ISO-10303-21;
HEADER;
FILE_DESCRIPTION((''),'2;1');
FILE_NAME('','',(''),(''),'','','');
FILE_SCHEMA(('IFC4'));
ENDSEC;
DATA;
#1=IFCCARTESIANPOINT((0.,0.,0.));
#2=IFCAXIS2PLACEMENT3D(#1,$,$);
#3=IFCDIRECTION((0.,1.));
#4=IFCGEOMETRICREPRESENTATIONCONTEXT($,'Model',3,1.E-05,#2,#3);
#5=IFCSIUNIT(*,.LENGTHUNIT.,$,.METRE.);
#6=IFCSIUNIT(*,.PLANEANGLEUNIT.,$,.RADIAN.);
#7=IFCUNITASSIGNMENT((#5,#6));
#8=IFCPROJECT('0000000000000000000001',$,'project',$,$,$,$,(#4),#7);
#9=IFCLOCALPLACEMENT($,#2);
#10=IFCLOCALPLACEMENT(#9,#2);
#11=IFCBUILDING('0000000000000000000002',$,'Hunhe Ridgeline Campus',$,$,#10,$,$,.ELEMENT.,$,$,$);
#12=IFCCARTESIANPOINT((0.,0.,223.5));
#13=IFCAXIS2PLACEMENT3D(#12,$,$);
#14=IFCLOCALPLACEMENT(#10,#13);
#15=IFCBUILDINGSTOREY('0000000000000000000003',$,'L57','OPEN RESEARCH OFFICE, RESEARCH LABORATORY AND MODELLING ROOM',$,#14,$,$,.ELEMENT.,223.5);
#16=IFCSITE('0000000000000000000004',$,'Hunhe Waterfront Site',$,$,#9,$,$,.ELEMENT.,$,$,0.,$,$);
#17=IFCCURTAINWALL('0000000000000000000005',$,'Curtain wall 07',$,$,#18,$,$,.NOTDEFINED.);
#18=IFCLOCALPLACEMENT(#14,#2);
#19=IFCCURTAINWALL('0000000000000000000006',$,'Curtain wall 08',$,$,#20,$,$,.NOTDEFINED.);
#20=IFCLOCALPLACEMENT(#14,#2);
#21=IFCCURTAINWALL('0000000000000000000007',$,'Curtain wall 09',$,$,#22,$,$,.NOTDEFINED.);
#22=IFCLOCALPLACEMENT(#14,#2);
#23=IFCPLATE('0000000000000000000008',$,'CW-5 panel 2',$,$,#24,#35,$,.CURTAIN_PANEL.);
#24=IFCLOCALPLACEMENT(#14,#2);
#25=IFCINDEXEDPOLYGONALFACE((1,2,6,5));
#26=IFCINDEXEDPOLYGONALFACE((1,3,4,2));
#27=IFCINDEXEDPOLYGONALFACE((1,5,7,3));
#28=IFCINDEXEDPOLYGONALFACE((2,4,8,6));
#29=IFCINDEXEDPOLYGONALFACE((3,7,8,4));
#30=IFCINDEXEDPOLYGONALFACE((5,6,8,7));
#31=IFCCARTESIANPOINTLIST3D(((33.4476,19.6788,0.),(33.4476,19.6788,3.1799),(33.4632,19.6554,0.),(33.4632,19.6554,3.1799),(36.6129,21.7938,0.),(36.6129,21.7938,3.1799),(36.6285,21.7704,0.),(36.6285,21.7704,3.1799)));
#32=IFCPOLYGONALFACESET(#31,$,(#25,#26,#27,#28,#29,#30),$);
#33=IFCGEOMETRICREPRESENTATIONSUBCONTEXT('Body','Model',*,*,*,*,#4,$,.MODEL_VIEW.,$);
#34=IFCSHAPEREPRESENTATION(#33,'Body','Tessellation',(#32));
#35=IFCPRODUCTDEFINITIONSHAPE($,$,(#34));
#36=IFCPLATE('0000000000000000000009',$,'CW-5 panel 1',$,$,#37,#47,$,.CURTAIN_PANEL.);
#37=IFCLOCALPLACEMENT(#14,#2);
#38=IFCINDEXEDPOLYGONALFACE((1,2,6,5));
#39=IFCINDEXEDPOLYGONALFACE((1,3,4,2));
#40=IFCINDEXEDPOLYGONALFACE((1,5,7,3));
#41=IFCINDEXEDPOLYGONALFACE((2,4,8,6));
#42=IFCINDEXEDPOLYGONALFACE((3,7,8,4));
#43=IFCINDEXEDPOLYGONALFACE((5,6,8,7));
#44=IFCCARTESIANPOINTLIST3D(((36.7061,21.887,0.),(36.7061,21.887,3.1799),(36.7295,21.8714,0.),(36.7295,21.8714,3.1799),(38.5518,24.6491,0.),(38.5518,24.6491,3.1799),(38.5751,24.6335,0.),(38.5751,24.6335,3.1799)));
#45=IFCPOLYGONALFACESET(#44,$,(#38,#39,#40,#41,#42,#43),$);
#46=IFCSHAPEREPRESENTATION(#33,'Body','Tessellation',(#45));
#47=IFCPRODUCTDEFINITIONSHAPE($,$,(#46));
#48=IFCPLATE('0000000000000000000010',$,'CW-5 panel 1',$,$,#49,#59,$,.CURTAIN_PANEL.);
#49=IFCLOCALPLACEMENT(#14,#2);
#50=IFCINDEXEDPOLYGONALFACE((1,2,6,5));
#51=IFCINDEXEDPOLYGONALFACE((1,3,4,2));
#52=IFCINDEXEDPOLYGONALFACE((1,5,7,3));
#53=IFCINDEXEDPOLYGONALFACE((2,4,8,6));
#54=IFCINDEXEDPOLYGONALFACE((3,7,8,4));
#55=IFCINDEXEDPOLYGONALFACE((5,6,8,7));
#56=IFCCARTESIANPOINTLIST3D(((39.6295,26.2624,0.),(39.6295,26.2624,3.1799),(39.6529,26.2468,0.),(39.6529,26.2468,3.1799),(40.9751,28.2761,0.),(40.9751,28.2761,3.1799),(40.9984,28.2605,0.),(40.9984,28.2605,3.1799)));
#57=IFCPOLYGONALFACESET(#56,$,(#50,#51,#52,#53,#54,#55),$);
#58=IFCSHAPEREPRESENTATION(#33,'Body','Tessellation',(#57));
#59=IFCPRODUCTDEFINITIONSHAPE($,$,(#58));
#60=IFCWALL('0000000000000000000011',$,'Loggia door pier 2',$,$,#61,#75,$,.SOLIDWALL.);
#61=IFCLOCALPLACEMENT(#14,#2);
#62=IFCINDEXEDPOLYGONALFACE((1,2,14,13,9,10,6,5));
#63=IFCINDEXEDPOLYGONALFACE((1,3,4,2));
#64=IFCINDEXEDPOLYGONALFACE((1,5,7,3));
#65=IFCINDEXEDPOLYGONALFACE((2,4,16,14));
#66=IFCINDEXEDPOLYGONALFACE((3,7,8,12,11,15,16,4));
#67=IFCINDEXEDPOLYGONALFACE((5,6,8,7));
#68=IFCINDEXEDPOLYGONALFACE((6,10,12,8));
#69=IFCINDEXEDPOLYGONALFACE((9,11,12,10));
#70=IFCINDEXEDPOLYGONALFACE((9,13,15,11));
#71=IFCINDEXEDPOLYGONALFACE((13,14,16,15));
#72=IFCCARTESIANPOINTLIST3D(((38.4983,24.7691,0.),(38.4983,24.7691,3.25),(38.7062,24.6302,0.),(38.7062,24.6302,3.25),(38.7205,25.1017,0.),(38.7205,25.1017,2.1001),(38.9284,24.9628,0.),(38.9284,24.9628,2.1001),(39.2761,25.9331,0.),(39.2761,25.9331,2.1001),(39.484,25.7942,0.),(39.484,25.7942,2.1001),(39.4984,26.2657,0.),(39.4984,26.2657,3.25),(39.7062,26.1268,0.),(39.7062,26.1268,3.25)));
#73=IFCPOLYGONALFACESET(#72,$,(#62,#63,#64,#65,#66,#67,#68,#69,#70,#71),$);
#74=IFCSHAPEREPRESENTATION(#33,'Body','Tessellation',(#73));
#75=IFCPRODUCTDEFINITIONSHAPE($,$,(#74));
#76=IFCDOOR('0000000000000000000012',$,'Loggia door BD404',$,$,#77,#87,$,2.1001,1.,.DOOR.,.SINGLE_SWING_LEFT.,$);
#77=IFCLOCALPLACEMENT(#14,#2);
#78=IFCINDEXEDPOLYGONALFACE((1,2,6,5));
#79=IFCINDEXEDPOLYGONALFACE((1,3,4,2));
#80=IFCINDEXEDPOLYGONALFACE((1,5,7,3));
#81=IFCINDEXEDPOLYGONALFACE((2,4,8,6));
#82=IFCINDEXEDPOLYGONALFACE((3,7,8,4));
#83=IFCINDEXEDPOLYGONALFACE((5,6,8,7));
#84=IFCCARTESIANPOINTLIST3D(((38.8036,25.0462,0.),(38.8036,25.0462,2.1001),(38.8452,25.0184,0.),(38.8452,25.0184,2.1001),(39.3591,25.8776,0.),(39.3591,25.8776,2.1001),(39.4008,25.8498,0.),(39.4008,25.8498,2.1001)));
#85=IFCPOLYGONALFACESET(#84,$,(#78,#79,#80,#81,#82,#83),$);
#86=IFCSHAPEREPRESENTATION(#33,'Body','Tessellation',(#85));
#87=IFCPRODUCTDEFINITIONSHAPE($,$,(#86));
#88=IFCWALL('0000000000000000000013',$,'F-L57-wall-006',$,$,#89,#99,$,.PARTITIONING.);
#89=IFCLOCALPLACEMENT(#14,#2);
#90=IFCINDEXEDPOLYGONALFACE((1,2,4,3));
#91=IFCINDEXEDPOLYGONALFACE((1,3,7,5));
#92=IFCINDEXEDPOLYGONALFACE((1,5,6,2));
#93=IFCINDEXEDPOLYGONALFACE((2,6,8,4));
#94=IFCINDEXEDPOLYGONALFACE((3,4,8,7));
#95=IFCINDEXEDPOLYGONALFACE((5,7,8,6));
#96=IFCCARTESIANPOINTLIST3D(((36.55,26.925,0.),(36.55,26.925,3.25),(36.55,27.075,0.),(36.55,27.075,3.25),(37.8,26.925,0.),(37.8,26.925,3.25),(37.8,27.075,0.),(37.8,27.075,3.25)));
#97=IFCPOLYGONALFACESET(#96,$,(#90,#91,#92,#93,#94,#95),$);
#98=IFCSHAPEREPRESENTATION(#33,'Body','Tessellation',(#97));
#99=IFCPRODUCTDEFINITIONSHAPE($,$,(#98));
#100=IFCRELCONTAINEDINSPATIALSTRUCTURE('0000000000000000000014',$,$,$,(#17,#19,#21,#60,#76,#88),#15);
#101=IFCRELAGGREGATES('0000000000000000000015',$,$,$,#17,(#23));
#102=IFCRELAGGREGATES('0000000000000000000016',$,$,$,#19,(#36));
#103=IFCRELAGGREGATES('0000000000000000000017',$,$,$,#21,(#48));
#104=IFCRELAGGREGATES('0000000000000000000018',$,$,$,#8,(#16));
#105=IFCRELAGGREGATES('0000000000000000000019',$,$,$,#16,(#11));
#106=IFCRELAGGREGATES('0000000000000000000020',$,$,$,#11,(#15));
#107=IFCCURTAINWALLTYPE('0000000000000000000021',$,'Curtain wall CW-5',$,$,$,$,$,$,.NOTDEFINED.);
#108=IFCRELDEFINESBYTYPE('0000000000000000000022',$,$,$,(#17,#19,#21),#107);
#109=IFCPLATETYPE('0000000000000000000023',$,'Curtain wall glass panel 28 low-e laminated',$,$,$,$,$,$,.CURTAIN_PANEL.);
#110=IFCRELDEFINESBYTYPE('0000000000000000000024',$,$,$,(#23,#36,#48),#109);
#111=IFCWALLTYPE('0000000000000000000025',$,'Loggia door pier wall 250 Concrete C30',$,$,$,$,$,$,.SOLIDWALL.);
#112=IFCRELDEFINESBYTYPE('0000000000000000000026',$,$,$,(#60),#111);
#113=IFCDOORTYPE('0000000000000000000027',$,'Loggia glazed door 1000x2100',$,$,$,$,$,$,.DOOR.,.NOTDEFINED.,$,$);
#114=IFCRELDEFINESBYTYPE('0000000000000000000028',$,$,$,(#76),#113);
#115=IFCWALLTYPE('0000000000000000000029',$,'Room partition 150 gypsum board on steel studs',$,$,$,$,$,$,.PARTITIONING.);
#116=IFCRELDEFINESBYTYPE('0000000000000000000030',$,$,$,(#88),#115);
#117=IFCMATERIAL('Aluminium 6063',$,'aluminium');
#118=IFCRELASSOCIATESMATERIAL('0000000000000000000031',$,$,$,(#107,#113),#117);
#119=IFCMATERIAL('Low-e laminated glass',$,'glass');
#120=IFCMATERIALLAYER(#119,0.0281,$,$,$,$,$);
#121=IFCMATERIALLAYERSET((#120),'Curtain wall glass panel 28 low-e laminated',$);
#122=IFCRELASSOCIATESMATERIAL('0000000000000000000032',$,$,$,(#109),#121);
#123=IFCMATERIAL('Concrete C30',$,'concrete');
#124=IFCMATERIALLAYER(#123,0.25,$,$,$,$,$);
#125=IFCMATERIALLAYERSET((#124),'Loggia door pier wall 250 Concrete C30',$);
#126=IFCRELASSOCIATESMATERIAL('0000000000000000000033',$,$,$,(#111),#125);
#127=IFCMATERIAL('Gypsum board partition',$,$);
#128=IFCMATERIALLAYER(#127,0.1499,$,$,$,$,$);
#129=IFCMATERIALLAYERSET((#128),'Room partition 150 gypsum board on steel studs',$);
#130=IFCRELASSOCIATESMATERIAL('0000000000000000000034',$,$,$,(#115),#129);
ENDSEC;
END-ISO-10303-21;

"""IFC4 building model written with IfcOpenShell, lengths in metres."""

from ifc_helpers import new_model, si_unit, direction, frame, frame_2d, origin, origin_2d, place, context, subcontext, project, spatial, rectangle, extrude, material, layer, layer_set, type_object, element, fill, aggregate, save


model = new_model("IFC4")

# Units and contexts
model_context = context("Model", 3, precision=1e-05, world=origin(), true_north=direction((0.0, 1.0)))
body_context = subcontext(model_context, "Body", "Model", "MODEL_VIEW")
ifc_project = project(units=[si_unit("LENGTHUNIT", "METRE"), si_unit("PLANEANGLEUNIT", "RADIAN")], contexts=[model_context])

# Site, building, storey
site_placement = place(None, origin())
site = spatial("IfcSite", under=ifc_project, at=site_placement, Name="Hunhe Waterfront Site", CompositionType="ELEMENT", RefElevation=0.0)
building_placement = place(site_placement, origin())
building = spatial("IfcBuilding", under=site, at=building_placement, Name="Hunhe Ridgeline Campus", CompositionType="ELEMENT")
storey_placement = place(building_placement, frame((0.0, 0.0, 223.5)))
storey = spatial("IfcBuildingStorey", under=building, at=storey_placement, Name="L57", Description="OPEN RESEARCH OFFICE, RESEARCH LABORATORY AND MODELLING ROOM", CompositionType="ELEMENT", Elevation=223.5)

# Curtain walls
ifc_material_1 = material(Name="Aluminium 6063", Category="aluminium")
curtain_wall_type = type_object("IfcCurtainWallType", Name="Curtain wall CW-5", PredefinedType="NOTDEFINED", material=ifc_material_1)
curtain_wall_1_placement = place(storey_placement, origin())
curtain_wall_1 = element("IfcCurtainWall", 1, at=curtain_wall_1_placement, inside=storey, type_object=curtain_wall_type, Name="Curtain wall 07", PredefinedType="NOTDEFINED")
curtain_wall_2_placement = place(storey_placement, origin())
curtain_wall_2 = element("IfcCurtainWall", 2, at=curtain_wall_2_placement, inside=storey, type_object=curtain_wall_type, Name="Curtain wall 08", PredefinedType="NOTDEFINED")

# Curtain wall
curtain_wall_3_placement = place(storey_placement, origin())
curtain_wall_3 = element("IfcCurtainWall", 3, at=curtain_wall_3_placement, inside=storey, type_object=curtain_wall_type, Name="Curtain wall 09", PredefinedType="NOTDEFINED")

# Plates
ifc_material_2 = material(Name="Low-e laminated glass", Category="glass")
ifc_layer_1 = layer(ifc_material_2, 0.0281)
ifc_layer_set_1 = layer_set([ifc_layer_1], Name="Curtain wall glass panel 28 low-e laminated")
plate_type = type_object("IfcPlateType", Name="Curtain wall glass panel 28 low-e laminated", PredefinedType="CURTAIN_PANEL", material=ifc_layer_set_1)
plate_1_placement = place(storey_placement, frame((35.0381, 20.7246, 0.0), z_axis=(0.0, 0.0, 1.0), x_axis=(0.83147, 0.55557, 0.0)))
plate_1 = element("IfcPlate", 4, at=plate_1_placement, type_object=plate_type, Name="CW-5 panel 2", PredefinedType="CURTAIN_PANEL", context=body_context, shape_type="SweptSolid", body=[
    extrude(rectangle(XDim=3.8069, YDim=0.0281, at=origin_2d()), origin(), (0.0, 0.0, 1.0), 3.1799),
])
aggregate(curtain_wall_1, [plate_1])
plate_2_placement = place(storey_placement, frame((37.6406, 23.2603, 0.0), z_axis=(0.0, 0.0, 1.0), x_axis=(0.55557, 0.83147, 0.0)))
plate_2 = element("IfcPlate", 5, at=plate_2_placement, type_object=plate_type, Name="CW-5 panel 1", PredefinedType="CURTAIN_PANEL", context=body_context, shape_type="SweptSolid", body=[
    extrude(rectangle(XDim=3.322, YDim=0.0281, at=origin_2d()), origin(), (0.0, 0.0, 1.0), 3.1799),
])
aggregate(curtain_wall_2, [plate_2])
plate_3_placement = place(storey_placement, frame((40.314, 27.2615, 0.0), z_axis=(0.0, 0.0, 1.0), x_axis=(0.55557, 0.83147, 0.0)))
plate_3 = element("IfcPlate", 6, at=plate_3_placement, type_object=plate_type, Name="CW-5 panel 1", PredefinedType="CURTAIN_PANEL", context=body_context, shape_type="SweptSolid", body=[
    extrude(rectangle(XDim=2.4219, YDim=0.0281, at=origin_2d()), origin(), (0.0, 0.0, 1.0), 3.1799),
])
aggregate(curtain_wall_3, [plate_3])

# Shared definitions
ifc_material_3 = material(Name="Gypsum board partition")

# Wall, opening, door
ifc_material_4 = material(Name="Concrete C30", Category="concrete")
ifc_layer_2 = layer(ifc_material_4, 0.25)
ifc_layer_set_2 = layer_set([ifc_layer_2], Name="Loggia door pier wall 250 Concrete C30")
wall_type_1 = type_object("IfcWallType", Name="Loggia door pier wall 250 Concrete C30", PredefinedType="SOLIDWALL", material=ifc_layer_set_2)
wall_1_placement = place(storey_placement, frame((38.6023, 24.6997, 0.0), z_axis=(0.0, 0.0, 1.0), x_axis=(0.555576, 0.831466, 0.0)))
wall_1 = element("IfcWall", 7, at=wall_1_placement, inside=storey, type_object=wall_type_1, Name="Loggia door pier 2", PredefinedType="SOLIDWALL", context=body_context, shape_type="SweptSolid", body=[
    extrude(rectangle(XDim=1.8, YDim=0.25, at=frame_2d((0.8999, 0.0))), origin(), (0.0, 0.0, 1.0), 3.25),
])
opening_1_placement = place(wall_1_placement, frame((0.3999, 0.0, 0.0)))
opening_1 = element("IfcOpeningElement", 8, at=opening_1_placement, cuts=wall_1, PredefinedType="OPENING", context=body_context, shape_type="SweptSolid", body=[
    extrude(rectangle(XDim=1.0, YDim=2.1001, at=frame_2d((0.5, 1.05))), frame((0.0, 0.125, 0.0), z_axis=(0.0, -1.0, 0.0), x_axis=(1.0, 0.0, 0.0)), (0.0, 0.0, 1.0), 0.25),
])
door_type_1 = type_object("IfcDoorType", Name="Loggia glazed door 1000x2100", OperationType="NOTDEFINED", PredefinedType="DOOR", material=ifc_material_1)
door_1_placement = place(opening_1_placement, frame((1.0, 0.0, 0.0), z_axis=(0.0, 0.0, 1.0), x_axis=(-1.0, 0.0, 0.0)))
door_1 = element("IfcDoor", 9, at=door_1_placement, inside=storey, type_object=door_type_1, Name="Loggia door BD404", OperationType="SINGLE_SWING_LEFT", OverallHeight=2.1001, OverallWidth=1.0, PredefinedType="DOOR", context=body_context, shape_type="SweptSolid", body=[
    extrude(rectangle(XDim=1.0, YDim=2.1001, at=frame_2d((0.5, 1.05))), frame((0.0, 0.0249, 0.0), z_axis=(0.0, -1.0, 0.0), x_axis=(1.0, 0.0, 0.0)), (0.0, 0.0, 1.0), 0.05),
])
fill(opening_1, door_1)

# Wall
ifc_layer_3 = layer(ifc_material_3, 0.1499)
ifc_layer_set_3 = layer_set([ifc_layer_3], Name="Room partition 150 gypsum board on steel studs")
wall_type_2 = type_object("IfcWallType", Name="Room partition 150 gypsum board on steel studs", PredefinedType="PARTITIONING", material=ifc_layer_set_3)
wall_2_placement = place(storey_placement, frame((36.55, 27.0, 0.0), z_axis=(0.0, 0.0, 1.0), x_axis=(1.0, 0.0, 0.0)))
element("IfcWall", 10, at=wall_2_placement, inside=storey, type_object=wall_type_2, Name="F-L57-wall-006", PredefinedType="PARTITIONING", context=body_context, shape_type="SweptSolid", body=[
    extrude(rectangle(XDim=1.25, YDim=0.1499, at=frame_2d((0.625, 0.0))), origin(), (0.0, 0.0, 1.0), 3.25),
])

save(model, "model.ifc")
